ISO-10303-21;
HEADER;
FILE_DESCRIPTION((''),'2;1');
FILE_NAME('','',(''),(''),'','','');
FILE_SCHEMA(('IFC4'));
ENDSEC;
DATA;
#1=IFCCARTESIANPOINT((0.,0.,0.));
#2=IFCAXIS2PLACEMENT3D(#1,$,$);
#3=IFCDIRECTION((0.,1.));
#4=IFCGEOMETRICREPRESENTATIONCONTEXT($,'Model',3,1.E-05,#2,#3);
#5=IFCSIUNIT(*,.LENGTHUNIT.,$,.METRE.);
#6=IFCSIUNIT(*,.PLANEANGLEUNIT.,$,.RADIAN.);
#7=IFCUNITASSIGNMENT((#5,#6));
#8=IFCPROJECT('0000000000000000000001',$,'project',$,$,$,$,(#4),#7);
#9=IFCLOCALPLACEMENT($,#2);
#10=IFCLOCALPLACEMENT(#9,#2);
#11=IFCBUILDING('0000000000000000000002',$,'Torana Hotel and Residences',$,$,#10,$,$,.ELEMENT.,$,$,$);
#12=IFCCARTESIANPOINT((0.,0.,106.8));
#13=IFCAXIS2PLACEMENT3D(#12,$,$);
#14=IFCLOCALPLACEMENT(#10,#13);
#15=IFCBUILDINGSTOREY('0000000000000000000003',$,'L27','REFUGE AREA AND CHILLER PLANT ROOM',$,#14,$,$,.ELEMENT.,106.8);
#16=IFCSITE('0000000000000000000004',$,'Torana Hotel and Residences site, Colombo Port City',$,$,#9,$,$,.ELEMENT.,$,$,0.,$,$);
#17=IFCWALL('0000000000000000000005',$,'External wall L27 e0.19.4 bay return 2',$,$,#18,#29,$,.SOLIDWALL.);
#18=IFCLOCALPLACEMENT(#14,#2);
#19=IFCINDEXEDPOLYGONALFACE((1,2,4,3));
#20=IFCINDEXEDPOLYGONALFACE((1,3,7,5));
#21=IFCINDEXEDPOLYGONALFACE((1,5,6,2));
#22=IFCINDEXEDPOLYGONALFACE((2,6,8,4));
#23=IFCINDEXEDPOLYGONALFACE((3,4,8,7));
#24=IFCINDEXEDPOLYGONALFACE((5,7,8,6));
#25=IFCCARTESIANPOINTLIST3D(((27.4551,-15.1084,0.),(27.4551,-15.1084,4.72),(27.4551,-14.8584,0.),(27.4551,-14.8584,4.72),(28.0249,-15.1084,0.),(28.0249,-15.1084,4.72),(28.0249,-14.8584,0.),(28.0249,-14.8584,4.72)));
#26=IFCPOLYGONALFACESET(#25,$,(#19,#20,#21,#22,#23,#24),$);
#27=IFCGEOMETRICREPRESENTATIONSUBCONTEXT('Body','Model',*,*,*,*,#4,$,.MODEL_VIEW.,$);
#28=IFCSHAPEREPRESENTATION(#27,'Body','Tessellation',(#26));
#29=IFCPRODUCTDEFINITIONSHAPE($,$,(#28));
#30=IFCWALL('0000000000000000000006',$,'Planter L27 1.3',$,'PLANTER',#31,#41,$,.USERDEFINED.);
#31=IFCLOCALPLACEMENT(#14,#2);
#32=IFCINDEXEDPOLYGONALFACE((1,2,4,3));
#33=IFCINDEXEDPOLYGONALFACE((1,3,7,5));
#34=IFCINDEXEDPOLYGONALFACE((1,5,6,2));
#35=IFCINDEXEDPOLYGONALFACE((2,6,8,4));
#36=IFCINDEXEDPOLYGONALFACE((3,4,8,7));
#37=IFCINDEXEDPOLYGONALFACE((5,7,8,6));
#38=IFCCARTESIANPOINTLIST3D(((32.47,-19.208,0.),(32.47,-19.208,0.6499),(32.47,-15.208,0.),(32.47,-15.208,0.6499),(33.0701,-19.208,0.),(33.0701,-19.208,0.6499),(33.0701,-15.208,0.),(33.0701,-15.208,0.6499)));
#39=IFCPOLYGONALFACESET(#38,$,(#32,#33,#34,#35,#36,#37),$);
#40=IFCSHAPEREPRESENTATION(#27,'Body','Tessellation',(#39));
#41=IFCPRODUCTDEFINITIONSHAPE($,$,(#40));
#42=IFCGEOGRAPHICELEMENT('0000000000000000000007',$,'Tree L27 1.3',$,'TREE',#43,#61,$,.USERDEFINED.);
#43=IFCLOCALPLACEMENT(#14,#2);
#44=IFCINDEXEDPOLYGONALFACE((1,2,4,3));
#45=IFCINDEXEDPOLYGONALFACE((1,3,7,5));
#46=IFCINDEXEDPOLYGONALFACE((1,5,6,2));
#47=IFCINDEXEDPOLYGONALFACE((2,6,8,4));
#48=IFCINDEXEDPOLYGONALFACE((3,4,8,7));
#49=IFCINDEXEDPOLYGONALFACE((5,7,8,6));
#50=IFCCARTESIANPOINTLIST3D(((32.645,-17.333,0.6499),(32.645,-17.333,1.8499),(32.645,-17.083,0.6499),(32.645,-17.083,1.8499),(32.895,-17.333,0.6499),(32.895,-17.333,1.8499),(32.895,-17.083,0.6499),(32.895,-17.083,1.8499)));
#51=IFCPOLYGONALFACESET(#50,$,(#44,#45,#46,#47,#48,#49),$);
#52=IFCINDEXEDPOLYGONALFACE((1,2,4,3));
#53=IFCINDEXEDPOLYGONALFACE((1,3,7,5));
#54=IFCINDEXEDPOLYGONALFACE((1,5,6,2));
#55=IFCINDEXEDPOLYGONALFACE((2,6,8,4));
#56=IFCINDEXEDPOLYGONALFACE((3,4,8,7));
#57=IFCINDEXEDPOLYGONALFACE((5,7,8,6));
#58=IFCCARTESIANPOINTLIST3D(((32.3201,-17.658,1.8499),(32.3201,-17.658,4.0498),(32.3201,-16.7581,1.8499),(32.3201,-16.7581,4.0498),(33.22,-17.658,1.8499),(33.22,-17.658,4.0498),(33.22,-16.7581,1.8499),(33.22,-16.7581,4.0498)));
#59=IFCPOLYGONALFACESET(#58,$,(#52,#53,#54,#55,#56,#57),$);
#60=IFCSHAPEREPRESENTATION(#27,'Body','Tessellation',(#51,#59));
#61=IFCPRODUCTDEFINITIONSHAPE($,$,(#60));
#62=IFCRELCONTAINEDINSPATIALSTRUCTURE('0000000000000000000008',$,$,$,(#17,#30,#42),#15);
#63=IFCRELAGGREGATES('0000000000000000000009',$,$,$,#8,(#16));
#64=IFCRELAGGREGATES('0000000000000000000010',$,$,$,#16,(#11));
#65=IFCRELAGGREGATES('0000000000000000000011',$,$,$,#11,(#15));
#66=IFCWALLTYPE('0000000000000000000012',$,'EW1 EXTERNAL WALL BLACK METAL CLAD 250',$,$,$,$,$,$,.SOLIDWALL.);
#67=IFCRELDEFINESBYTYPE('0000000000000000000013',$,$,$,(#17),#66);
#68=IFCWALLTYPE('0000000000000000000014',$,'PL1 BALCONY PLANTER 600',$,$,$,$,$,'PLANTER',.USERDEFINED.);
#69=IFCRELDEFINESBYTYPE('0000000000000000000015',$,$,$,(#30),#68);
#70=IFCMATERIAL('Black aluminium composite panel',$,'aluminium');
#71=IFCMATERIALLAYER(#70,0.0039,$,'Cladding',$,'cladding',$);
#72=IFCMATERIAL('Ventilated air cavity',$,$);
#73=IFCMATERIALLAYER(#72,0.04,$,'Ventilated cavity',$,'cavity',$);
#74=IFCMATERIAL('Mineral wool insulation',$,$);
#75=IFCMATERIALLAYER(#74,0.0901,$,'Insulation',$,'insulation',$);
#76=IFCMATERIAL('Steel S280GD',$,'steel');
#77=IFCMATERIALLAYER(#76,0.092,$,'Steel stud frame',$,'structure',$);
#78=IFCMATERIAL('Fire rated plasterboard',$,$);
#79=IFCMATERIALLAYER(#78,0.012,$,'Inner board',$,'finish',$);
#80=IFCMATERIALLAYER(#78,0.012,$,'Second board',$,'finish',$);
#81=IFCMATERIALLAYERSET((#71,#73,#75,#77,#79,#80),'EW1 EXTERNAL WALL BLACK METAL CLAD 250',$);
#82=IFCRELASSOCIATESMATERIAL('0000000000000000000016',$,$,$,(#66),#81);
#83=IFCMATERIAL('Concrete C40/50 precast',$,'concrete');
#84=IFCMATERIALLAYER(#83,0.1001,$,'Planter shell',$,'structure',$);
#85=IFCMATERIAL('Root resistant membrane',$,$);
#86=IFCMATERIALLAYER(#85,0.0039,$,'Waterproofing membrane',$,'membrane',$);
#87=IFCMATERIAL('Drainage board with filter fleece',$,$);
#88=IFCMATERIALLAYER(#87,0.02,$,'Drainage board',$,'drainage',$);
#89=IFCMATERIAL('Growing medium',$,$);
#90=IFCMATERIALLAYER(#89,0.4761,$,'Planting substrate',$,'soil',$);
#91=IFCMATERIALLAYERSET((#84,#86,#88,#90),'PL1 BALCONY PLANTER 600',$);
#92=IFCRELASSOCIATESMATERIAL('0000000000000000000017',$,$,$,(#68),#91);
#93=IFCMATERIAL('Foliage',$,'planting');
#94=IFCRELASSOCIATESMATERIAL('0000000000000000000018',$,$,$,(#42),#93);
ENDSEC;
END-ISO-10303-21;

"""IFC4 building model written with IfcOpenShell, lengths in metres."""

from ifc_helpers import new_model, si_unit, direction, frame, frame_2d, origin, origin_2d, place, context, subcontext, project, spatial, rectangle, extrude, material, layer, layer_set, type_object, element, save


model = new_model("IFC4")

# Units and contexts
model_context = context("Model", 3, precision=1e-05, world=origin(), true_north=direction((0.0, 1.0)))
body_context = subcontext(model_context, "Body", "Model", "MODEL_VIEW")
ifc_project = project(units=[si_unit("LENGTHUNIT", "METRE"), si_unit("PLANEANGLEUNIT", "RADIAN")], contexts=[model_context])

# Site, building, storey
site_placement = place(None, origin())
site = spatial("IfcSite", under=ifc_project, at=site_placement, Name="Torana Hotel and Residences site, Colombo Port City", CompositionType="ELEMENT", RefElevation=0.0)
building_placement = place(site_placement, origin())
building = spatial("IfcBuilding", under=site, at=building_placement, Name="Torana Hotel and Residences", CompositionType="ELEMENT")
storey_placement = place(building_placement, frame((0.0, 0.0, 106.8)))
storey = spatial("IfcBuildingStorey", under=building, at=storey_placement, Name="L27", Description="REFUGE AREA AND CHILLER PLANT ROOM", CompositionType="ELEMENT", Elevation=106.8)

# Wall
ifc_material_1 = material(Name="Black aluminium composite panel", Category="aluminium")
ifc_layer_1 = layer(ifc_material_1, 0.0039, Name="Cladding", Category="cladding")
ifc_material_2 = material(Name="Ventilated air cavity")
ifc_layer_2 = layer(ifc_material_2, 0.04, Name="Ventilated cavity", Category="cavity")
ifc_material_3 = material(Name="Mineral wool insulation")
ifc_layer_3 = layer(ifc_material_3, 0.0901, Name="Insulation", Category="insulation")
ifc_material_4 = material(Name="Steel S280GD", Category="steel")
ifc_layer_4 = layer(ifc_material_4, 0.092, Name="Steel stud frame", Category="structure")
ifc_material_5 = material(Name="Fire rated plasterboard")
ifc_layer_5 = layer(ifc_material_5, 0.012, Name="Inner board", Category="finish")
ifc_layer_6 = layer(ifc_material_5, 0.012, Name="Second board", Category="finish")
ifc_layer_set_1 = layer_set([ifc_layer_1, ifc_layer_2, ifc_layer_3, ifc_layer_4, ifc_layer_5, ifc_layer_6], Name="EW1 EXTERNAL WALL BLACK METAL CLAD 250")
wall_type_1 = type_object("IfcWallType", Name="EW1 EXTERNAL WALL BLACK METAL CLAD 250", PredefinedType="SOLIDWALL", material=ifc_layer_set_1)
wall_1_placement = place(storey_placement, frame((27.4551, -14.9834, 0.0), z_axis=(0.0, 0.0, 1.0), x_axis=(1.0, 0.0, 0.0)))
element("IfcWall", 1, at=wall_1_placement, inside=storey, type_object=wall_type_1, Name="External wall L27 e0.19.4 bay return 2", PredefinedType="SOLIDWALL", context=body_context, shape_type="SweptSolid", body=[
    extrude(rectangle(XDim=0.5698, YDim=0.25, at=frame_2d((0.2849, 0.0))), origin(), (0.0, 0.0, 1.0), 4.72),
])

# Wall
ifc_material_6 = material(Name="Concrete C40/50 precast", Category="concrete")
ifc_layer_7 = layer(ifc_material_6, 0.1001, Name="Planter shell", Category="structure")
ifc_material_7 = material(Name="Root resistant membrane")
ifc_layer_8 = layer(ifc_material_7, 0.0039, Name="Waterproofing membrane", Category="membrane")
ifc_material_8 = material(Name="Drainage board with filter fleece")
ifc_layer_9 = layer(ifc_material_8, 0.02, Name="Drainage board", Category="drainage")
ifc_material_9 = material(Name="Growing medium")
ifc_layer_10 = layer(ifc_material_9, 0.4761, Name="Planting substrate", Category="soil")
ifc_layer_set_2 = layer_set([ifc_layer_7, ifc_layer_8, ifc_layer_9, ifc_layer_10], Name="PL1 BALCONY PLANTER 600")
wall_type_2 = type_object("IfcWallType", Name="PL1 BALCONY PLANTER 600", ElementType="PLANTER", PredefinedType="USERDEFINED", material=ifc_layer_set_2)
wall_2_placement = place(storey_placement, frame((32.77, -15.208, 0.0), z_axis=(0.0, 0.0, 1.0), x_axis=(0.0, -1.0, 0.0)))
element("IfcWall", 2, at=wall_2_placement, inside=storey, type_object=wall_type_2, Name="Planter L27 1.3", ObjectType="PLANTER", PredefinedType="USERDEFINED", context=body_context, shape_type="SweptSolid", body=[
    extrude(rectangle(XDim=4.0, YDim=0.6001, at=frame_2d((2.0, 0.0))), origin(), (0.0, 0.0, 1.0), 0.6499),
])

# Geographic element
ifc_material_10 = material(Name="Foliage", Category="planting")
geographic_element_placement = place(storey_placement, frame((32.77, -17.208, 0.6499), z_axis=(0.0, 0.0, 1.0), x_axis=(1.0, 0.0, 0.0)))
element("IfcGeographicElement", 3, at=geographic_element_placement, inside=storey, material=ifc_material_10, Name="Tree L27 1.3", ObjectType="TREE", PredefinedType="USERDEFINED", context=body_context, shape_type="SweptSolid", body=[
    extrude(rectangle(XDim=0.25, YDim=0.25, at=origin_2d()), origin(), (0.0, 0.0, 1.0), 1.2),
    extrude(rectangle(XDim=0.8999, YDim=0.8999, at=origin_2d()), frame((0.0, 0.0, 1.2)), (0.0, 0.0, 1.0), 2.2),
])

save(model, "model.ifc")
